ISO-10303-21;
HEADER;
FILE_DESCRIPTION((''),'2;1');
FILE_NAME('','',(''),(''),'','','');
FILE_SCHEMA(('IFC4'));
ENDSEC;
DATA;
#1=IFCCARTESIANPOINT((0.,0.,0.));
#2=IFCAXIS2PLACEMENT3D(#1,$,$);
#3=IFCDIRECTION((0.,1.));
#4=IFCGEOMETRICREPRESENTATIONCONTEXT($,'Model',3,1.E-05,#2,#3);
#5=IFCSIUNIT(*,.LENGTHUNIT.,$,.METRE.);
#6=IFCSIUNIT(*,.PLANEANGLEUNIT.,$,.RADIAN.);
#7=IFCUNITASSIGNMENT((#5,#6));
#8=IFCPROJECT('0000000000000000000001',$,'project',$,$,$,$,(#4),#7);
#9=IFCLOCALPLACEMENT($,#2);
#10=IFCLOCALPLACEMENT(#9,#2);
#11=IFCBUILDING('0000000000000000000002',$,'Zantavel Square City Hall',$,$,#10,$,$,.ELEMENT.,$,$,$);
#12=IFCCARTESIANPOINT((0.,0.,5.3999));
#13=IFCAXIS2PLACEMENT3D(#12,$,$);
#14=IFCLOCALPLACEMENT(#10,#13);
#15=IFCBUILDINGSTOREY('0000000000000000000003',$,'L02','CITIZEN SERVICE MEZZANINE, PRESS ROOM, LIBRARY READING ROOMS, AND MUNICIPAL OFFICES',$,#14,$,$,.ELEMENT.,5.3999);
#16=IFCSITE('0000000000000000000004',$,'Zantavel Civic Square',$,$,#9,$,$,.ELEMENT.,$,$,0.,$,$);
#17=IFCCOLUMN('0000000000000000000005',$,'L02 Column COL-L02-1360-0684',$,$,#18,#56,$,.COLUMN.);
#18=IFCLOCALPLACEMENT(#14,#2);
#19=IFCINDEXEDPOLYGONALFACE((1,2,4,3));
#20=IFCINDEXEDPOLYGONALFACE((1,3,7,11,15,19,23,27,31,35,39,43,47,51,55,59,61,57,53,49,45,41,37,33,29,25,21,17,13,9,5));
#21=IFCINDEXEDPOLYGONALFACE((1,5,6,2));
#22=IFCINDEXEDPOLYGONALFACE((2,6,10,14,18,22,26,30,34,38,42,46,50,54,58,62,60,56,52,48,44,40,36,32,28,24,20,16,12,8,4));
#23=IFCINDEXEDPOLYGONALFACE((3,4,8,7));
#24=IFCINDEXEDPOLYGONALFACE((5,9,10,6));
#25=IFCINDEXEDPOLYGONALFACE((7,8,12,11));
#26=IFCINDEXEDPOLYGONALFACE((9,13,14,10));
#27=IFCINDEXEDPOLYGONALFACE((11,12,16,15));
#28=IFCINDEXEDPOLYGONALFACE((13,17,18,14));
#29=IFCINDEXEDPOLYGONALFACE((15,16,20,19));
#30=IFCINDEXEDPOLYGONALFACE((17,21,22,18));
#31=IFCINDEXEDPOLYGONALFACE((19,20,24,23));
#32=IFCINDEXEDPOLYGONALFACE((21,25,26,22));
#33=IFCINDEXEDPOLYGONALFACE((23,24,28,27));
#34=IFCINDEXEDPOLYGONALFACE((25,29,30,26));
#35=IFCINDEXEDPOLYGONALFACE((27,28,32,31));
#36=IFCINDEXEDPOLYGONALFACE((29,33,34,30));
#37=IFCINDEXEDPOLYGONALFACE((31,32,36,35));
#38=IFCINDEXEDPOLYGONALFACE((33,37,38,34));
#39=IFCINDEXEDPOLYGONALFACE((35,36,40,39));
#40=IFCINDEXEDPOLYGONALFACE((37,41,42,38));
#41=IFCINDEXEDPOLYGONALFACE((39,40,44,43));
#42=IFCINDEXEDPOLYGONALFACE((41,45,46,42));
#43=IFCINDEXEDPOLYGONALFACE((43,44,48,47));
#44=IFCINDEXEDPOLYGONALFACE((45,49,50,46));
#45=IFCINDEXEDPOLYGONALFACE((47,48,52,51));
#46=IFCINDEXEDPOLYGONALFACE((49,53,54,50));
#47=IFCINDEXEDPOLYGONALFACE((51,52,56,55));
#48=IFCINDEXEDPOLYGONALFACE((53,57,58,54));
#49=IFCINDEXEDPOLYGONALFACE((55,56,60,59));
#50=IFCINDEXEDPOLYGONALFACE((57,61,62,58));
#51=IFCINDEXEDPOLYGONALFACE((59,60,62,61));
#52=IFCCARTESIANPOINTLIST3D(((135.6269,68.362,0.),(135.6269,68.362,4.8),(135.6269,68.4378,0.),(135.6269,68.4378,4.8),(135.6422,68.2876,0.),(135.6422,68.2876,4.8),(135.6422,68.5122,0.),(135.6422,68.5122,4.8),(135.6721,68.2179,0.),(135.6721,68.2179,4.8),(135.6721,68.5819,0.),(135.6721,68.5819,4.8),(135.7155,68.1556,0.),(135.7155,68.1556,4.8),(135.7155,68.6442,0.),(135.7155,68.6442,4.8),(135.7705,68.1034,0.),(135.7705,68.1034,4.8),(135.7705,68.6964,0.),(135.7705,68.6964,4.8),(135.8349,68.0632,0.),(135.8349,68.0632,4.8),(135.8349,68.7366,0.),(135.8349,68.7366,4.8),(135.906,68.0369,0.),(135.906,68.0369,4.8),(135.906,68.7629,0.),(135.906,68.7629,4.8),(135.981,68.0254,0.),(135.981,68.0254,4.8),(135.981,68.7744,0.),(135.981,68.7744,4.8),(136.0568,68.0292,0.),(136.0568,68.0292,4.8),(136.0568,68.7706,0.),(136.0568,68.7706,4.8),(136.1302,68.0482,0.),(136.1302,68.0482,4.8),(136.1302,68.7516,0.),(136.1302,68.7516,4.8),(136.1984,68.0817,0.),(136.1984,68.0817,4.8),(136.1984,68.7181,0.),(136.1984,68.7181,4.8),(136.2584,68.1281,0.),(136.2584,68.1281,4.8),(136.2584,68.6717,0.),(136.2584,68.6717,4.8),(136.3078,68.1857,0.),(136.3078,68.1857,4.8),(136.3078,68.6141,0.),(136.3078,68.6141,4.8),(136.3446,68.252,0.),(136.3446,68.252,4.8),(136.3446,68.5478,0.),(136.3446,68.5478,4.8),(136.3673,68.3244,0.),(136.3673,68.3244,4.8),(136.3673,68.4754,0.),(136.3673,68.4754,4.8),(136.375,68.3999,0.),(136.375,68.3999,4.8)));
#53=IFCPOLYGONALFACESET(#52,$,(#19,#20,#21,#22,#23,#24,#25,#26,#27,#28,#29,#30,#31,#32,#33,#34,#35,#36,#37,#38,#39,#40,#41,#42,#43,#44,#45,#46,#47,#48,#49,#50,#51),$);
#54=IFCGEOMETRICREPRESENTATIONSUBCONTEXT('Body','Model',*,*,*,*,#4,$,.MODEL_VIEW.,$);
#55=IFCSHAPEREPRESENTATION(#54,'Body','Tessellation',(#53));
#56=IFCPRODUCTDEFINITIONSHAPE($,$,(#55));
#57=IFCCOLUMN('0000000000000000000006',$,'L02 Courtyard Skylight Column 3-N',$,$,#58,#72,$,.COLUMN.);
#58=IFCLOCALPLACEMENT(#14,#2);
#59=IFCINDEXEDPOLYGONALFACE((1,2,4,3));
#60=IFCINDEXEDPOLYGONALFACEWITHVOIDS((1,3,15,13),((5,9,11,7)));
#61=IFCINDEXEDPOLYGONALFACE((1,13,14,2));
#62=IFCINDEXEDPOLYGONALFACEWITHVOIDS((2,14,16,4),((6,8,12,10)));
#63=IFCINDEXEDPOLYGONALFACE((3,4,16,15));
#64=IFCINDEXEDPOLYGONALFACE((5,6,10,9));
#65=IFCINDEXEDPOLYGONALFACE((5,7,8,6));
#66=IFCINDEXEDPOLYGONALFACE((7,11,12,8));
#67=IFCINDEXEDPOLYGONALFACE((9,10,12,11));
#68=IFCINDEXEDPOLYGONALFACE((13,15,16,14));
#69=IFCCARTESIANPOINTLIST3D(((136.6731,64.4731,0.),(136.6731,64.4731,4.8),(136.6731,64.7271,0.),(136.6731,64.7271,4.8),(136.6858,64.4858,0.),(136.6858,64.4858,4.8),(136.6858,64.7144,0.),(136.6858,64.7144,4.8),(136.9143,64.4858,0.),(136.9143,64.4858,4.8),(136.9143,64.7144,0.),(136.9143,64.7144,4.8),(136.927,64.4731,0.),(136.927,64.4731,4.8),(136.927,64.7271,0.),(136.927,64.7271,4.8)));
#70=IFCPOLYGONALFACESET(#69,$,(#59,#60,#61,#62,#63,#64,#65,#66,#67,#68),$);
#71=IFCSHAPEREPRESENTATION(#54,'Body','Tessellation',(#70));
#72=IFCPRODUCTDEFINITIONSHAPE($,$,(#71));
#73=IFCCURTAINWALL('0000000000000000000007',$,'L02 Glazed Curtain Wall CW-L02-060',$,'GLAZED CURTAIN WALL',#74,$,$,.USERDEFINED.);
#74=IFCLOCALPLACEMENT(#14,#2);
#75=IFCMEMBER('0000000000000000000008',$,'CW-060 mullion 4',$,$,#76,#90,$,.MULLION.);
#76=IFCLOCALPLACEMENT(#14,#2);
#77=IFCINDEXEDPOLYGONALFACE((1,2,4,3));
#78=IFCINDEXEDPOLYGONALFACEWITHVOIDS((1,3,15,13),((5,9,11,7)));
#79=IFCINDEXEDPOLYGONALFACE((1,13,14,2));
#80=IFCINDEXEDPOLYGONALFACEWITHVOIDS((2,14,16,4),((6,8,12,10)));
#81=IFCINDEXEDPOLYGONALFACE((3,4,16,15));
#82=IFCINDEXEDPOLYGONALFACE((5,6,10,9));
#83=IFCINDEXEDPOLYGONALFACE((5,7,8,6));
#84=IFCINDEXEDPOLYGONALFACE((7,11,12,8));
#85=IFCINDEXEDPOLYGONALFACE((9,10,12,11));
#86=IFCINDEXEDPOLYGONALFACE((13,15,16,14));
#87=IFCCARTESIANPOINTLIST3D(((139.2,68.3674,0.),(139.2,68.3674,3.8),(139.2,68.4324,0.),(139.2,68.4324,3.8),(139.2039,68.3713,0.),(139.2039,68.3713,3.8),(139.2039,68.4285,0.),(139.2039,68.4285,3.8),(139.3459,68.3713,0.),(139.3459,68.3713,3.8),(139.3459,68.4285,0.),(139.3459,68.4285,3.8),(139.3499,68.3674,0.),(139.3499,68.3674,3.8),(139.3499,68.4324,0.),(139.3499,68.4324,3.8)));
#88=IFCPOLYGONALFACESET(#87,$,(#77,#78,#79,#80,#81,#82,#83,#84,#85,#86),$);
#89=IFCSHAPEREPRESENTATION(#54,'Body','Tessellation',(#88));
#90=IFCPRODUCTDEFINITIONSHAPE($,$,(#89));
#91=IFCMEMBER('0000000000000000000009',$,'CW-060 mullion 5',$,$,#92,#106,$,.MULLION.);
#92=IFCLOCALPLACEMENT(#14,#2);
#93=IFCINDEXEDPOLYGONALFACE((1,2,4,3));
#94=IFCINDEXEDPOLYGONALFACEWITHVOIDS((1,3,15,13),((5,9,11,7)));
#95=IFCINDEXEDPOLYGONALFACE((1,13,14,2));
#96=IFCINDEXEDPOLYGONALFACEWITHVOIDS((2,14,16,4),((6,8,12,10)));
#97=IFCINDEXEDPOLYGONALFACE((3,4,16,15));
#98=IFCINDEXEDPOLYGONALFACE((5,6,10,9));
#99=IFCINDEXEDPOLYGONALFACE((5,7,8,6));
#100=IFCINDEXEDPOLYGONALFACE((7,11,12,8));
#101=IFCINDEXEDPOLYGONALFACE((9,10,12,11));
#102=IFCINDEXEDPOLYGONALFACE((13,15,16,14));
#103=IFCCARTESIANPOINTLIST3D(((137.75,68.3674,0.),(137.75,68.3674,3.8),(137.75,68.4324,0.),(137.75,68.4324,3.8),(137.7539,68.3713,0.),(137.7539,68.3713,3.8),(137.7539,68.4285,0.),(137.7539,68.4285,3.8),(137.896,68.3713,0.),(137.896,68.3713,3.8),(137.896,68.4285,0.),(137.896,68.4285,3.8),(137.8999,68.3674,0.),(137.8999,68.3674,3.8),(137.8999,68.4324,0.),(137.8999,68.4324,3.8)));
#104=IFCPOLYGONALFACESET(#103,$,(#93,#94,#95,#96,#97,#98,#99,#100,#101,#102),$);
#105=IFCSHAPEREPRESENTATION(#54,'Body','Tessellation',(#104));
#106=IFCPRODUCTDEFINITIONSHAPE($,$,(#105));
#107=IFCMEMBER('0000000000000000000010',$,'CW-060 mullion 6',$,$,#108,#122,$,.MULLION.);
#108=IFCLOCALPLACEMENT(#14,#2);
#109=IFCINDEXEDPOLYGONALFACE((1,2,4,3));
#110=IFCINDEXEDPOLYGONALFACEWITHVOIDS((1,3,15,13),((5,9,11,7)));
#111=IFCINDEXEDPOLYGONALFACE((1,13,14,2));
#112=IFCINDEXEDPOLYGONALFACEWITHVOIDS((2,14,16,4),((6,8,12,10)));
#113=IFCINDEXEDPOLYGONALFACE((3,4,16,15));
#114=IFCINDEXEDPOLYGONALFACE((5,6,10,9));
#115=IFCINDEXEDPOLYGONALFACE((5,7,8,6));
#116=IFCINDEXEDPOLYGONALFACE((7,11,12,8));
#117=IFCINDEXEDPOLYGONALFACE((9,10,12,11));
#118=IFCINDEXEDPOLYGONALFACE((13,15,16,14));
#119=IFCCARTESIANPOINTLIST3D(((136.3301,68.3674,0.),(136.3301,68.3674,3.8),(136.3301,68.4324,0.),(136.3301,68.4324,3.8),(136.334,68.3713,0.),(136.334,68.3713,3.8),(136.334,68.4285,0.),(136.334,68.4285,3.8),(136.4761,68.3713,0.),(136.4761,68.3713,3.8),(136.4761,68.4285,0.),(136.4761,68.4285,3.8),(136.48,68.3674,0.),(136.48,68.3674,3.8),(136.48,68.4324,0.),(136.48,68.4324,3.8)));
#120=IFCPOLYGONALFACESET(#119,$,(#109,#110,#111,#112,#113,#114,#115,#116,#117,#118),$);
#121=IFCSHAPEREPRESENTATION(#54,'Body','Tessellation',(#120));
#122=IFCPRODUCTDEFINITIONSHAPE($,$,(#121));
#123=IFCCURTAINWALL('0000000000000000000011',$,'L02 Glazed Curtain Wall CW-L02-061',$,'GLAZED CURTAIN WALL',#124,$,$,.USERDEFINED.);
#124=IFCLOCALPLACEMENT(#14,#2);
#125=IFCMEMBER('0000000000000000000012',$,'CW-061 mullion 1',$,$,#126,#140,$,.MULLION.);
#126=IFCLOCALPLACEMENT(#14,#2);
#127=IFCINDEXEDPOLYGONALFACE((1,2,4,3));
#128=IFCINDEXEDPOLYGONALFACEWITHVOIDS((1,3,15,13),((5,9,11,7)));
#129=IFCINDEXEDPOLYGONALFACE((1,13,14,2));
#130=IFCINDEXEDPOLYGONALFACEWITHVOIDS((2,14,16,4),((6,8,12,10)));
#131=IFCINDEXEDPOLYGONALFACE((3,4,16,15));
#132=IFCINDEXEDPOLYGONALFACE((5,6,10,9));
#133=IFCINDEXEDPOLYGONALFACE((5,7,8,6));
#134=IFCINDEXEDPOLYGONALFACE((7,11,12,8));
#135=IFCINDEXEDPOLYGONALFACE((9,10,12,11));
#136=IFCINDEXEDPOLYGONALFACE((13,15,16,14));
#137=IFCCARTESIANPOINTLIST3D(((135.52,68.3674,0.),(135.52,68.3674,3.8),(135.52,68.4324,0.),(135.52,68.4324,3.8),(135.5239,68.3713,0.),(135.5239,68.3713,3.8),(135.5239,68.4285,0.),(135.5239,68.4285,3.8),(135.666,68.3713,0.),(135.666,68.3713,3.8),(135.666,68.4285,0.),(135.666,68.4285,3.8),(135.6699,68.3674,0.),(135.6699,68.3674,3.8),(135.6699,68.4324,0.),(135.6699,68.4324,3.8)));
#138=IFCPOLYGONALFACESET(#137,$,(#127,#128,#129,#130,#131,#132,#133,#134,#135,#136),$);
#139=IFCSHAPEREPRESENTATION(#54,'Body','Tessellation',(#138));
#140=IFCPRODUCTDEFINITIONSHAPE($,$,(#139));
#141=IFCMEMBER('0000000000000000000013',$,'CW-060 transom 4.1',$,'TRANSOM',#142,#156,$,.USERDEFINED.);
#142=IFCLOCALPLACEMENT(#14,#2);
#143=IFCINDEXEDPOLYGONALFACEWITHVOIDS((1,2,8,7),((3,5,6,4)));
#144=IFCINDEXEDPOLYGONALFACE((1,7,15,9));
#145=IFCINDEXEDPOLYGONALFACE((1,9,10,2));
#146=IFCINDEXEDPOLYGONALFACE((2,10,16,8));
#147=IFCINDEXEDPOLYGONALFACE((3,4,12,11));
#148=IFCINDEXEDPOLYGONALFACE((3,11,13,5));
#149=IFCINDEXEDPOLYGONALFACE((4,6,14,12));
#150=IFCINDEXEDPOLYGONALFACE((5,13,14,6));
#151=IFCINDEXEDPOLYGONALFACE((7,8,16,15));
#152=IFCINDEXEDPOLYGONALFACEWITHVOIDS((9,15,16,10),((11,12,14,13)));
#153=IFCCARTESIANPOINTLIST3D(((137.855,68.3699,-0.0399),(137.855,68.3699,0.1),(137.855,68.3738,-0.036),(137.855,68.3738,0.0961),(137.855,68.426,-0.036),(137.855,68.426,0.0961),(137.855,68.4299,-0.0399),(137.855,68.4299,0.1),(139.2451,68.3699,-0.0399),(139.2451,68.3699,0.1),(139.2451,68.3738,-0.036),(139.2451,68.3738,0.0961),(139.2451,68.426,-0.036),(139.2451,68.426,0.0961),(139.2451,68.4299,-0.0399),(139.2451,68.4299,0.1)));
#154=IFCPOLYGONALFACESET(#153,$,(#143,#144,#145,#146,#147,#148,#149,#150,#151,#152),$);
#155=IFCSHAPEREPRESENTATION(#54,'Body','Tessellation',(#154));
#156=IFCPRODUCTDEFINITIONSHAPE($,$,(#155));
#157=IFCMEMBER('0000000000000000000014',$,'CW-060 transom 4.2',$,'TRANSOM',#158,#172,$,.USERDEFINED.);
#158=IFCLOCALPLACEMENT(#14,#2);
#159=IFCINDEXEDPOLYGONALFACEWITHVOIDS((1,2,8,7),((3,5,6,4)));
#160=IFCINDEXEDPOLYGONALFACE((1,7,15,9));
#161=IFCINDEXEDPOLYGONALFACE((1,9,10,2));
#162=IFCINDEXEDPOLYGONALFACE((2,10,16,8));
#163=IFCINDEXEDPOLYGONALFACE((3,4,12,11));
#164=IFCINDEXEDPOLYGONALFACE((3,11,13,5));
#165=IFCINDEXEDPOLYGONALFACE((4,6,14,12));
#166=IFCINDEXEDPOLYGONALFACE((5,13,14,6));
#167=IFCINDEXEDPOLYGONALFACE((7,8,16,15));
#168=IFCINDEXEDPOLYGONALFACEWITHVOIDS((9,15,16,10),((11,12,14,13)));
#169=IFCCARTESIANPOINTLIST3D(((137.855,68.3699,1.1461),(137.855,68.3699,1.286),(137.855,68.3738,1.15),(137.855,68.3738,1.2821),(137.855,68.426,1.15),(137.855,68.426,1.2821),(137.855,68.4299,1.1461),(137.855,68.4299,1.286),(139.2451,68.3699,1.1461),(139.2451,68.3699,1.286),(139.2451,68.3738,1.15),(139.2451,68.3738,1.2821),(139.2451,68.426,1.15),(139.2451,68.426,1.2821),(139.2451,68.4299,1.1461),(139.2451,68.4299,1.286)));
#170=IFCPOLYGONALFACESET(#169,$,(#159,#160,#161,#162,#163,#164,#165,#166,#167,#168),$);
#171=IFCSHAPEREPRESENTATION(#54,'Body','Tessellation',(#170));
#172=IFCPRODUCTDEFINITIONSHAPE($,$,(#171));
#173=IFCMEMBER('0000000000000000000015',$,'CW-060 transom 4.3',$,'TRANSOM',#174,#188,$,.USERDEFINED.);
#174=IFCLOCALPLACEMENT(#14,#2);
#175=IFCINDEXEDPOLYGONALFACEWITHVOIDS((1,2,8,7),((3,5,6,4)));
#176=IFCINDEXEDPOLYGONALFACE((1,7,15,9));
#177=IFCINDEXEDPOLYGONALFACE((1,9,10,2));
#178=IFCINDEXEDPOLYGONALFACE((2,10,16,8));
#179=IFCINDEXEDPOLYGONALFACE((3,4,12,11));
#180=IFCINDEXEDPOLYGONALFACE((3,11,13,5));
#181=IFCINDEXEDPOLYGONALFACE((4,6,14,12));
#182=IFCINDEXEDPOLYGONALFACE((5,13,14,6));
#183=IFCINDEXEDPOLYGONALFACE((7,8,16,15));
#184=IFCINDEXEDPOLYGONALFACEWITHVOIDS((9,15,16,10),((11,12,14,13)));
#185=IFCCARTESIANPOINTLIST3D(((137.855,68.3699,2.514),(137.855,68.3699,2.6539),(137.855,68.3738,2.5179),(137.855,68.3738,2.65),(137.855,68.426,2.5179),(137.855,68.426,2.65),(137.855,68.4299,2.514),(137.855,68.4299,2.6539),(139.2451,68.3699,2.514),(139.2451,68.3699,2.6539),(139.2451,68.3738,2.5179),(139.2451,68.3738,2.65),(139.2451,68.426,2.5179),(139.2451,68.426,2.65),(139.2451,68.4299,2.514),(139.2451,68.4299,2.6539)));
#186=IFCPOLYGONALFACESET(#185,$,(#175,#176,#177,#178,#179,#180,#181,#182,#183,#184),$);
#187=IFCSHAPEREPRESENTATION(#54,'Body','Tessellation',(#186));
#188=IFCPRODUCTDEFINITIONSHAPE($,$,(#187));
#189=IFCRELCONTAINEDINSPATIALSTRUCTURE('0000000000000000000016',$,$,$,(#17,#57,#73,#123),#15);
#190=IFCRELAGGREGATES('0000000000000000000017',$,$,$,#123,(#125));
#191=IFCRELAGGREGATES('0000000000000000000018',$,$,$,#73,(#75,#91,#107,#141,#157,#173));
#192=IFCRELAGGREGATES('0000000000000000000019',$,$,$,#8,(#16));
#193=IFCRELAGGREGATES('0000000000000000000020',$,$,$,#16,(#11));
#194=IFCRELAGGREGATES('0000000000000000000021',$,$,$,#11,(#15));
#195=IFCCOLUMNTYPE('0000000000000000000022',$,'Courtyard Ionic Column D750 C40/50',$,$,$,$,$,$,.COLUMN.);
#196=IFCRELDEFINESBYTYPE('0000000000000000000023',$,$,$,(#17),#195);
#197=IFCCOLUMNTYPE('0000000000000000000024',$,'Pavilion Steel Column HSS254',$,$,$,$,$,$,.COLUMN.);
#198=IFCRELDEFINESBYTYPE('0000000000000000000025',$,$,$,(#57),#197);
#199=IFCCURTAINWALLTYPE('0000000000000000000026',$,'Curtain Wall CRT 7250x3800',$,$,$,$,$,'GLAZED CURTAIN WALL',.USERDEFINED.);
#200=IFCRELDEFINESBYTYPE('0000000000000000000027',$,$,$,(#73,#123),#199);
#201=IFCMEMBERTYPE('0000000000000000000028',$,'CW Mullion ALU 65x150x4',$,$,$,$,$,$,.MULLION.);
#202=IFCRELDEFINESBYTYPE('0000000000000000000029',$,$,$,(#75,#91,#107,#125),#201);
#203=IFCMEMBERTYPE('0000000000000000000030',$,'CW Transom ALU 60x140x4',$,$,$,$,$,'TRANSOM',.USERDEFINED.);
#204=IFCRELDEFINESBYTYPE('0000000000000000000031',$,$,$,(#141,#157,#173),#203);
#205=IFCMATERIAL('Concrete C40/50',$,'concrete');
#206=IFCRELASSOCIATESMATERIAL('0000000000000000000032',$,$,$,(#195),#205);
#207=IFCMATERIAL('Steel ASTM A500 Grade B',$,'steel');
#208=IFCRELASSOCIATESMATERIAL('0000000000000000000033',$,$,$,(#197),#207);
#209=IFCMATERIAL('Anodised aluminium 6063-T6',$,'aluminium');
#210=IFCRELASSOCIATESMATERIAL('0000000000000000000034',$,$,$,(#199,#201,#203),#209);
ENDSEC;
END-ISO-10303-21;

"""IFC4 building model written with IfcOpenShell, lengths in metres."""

from ifc_helpers import new_model, si_unit, direction, frame, origin, origin_2d, place, context, subcontext, project, spatial, hollow_rectangle, circle, extrude, material, material_profile, profile_set, type_object, element, aggregate, save


model = new_model("IFC4")

# Units and contexts
model_context = context("Model", 3, precision=1e-05, world=origin(), true_north=direction((0.0, 1.0)))
body_context = subcontext(model_context, "Body", "Model", "MODEL_VIEW")
ifc_project = project(units=[si_unit("LENGTHUNIT", "METRE"), si_unit("PLANEANGLEUNIT", "RADIAN")], contexts=[model_context])

# Site, building, storey
site_placement = place(None, origin())
site = spatial("IfcSite", under=ifc_project, at=site_placement, Name="Zantavel Civic Square", CompositionType="ELEMENT", RefElevation=0.0)
building_placement = place(site_placement, origin())
building = spatial("IfcBuilding", under=site, at=building_placement, Name="Zantavel Square City Hall", CompositionType="ELEMENT")
storey_placement = place(building_placement, frame((0.0, 0.0, 5.3999)))
storey = spatial("IfcBuildingStorey", under=building, at=storey_placement, Name="L02", Description="CITIZEN SERVICE MEZZANINE, PRESS ROOM, LIBRARY READING ROOMS, AND MUNICIPAL OFFICES", CompositionType="ELEMENT", Elevation=5.3999)

# Columns
ifc_material_1 = material(Name="Concrete C40/50", Category="concrete")
ifc_material_profile_1 = material_profile(ifc_material_1, circle(Radius=0.375, at=origin_2d()), Name="ROUND D750")
ifc_profile_set_1 = profile_set([ifc_material_profile_1], Name="Concrete C40/50")
column_type_1 = type_object("IfcColumnType", Name="Courtyard Ionic Column D750 C40/50", PredefinedType="COLUMN", material=ifc_profile_set_1)
column_1_placement = place(storey_placement, frame((136.0, 68.3999, 0.0), z_axis=(0.0, 0.0, 1.0), x_axis=(1.0, 0.0, 0.0)))
element("IfcColumn", 1, at=column_1_placement, inside=storey, type_object=column_type_1, Name="L02 Column COL-L02-1360-0684", PredefinedType="COLUMN", context=body_context, shape_type="SweptSolid", body=[
    extrude(circle(Radius=0.375, at=origin_2d()), origin(), (0.0, 0.0, 1.0), 4.8),
])
ifc_material_2 = material(Name="Steel ASTM A500 Grade B", Category="steel")
ifc_material_profile_2 = material_profile(ifc_material_2, hollow_rectangle(XDim=0.2539, YDim=0.2539, WallThickness=0.0127, at=origin_2d()), Name="HSS 254x254x12.7")
ifc_profile_set_2 = profile_set([ifc_material_profile_2], Name="Steel ASTM A500 Grade B")
column_type_2 = type_object("IfcColumnType", Name="Pavilion Steel Column HSS254", PredefinedType="COLUMN", material=ifc_profile_set_2)
column_2_placement = place(storey_placement, frame((136.8, 64.6001, 0.0), z_axis=(0.0, 0.0, 1.0), x_axis=(1.0, 0.0, 0.0)))
element("IfcColumn", 2, at=column_2_placement, inside=storey, type_object=column_type_2, Name="L02 Courtyard Skylight Column 3-N", PredefinedType="COLUMN", context=body_context, shape_type="SweptSolid", body=[
    extrude(hollow_rectangle(XDim=0.2539, YDim=0.2539, WallThickness=0.0127, at=origin_2d()), origin(), (0.0, 0.0, 1.0), 4.8),
])

# Curtain wall, members
ifc_material_3 = material(Name="Anodised aluminium 6063-T6", Category="aluminium")
curtain_wall_type = type_object("IfcCurtainWallType", Name="Curtain Wall CRT 7250x3800", ElementType="GLAZED CURTAIN WALL", PredefinedType="USERDEFINED", material=ifc_material_3)
curtain_wall_1_placement = place(storey_placement, origin())
curtain_wall_1 = element("IfcCurtainWall", 3, at=curtain_wall_1_placement, inside=storey, type_object=curtain_wall_type, Name="L02 Glazed Curtain Wall CW-L02-060", ObjectType="GLAZED CURTAIN WALL", PredefinedType="USERDEFINED")
ifc_material_profile_3 = material_profile(ifc_material_3, hollow_rectangle(XDim=0.0649, YDim=0.1499, WallThickness=0.0039, at=origin_2d()), Name="ALU 65x150x4")
ifc_profile_set_3 = profile_set([ifc_material_profile_3], Name="Anodised aluminium 6063-T6")
member_type_1 = type_object("IfcMemberType", Name="CW Mullion ALU 65x150x4", PredefinedType="MULLION", material=ifc_profile_set_3)
member_1_placement = place(storey_placement, frame((139.2749, 68.3999, 0.0), z_axis=(0.0, 0.0, 1.0), x_axis=(0.0, -1.0, 0.0)))
member_1 = element("IfcMember", 4, at=member_1_placement, type_object=member_type_1, Name="CW-060 mullion 4", PredefinedType="MULLION", context=body_context, shape_type="SweptSolid", body=[
    extrude(hollow_rectangle(XDim=0.0649, YDim=0.1499, WallThickness=0.0039, at=origin_2d()), origin(), (0.0, 0.0, 1.0), 3.8),
])
member_2_placement = place(storey_placement, frame((137.825, 68.3999, 0.0), z_axis=(0.0, 0.0, 1.0), x_axis=(0.0, -1.0, 0.0)))
member_2 = element("IfcMember", 5, at=member_2_placement, type_object=member_type_1, Name="CW-060 mullion 5", PredefinedType="MULLION", context=body_context, shape_type="SweptSolid", body=[
    extrude(hollow_rectangle(XDim=0.0649, YDim=0.1499, WallThickness=0.0039, at=origin_2d()), origin(), (0.0, 0.0, 1.0), 3.8),
])
member_3_placement = place(storey_placement, frame((136.405, 68.3999, 0.0), z_axis=(0.0, 0.0, 1.0), x_axis=(0.0, -1.0, 0.0)))
member_3 = element("IfcMember", 6, at=member_3_placement, type_object=member_type_1, Name="CW-060 mullion 6", PredefinedType="MULLION", context=body_context, shape_type="SweptSolid", body=[
    extrude(hollow_rectangle(XDim=0.0649, YDim=0.1499, WallThickness=0.0039, at=origin_2d()), origin(), (0.0, 0.0, 1.0), 3.8),
])

# Curtain wall, member
curtain_wall_2_placement = place(storey_placement, origin())
curtain_wall_2 = element("IfcCurtainWall", 7, at=curtain_wall_2_placement, inside=storey, type_object=curtain_wall_type, Name="L02 Glazed Curtain Wall CW-L02-061", ObjectType="GLAZED CURTAIN WALL", PredefinedType="USERDEFINED")
member_4_placement = place(storey_placement, frame((135.595, 68.3999, 0.0), z_axis=(0.0, 0.0, 1.0), x_axis=(0.0, -1.0, 0.0)))
member_4 = element("IfcMember", 8, at=member_4_placement, type_object=member_type_1, Name="CW-061 mullion 1", PredefinedType="MULLION", context=body_context, shape_type="SweptSolid", body=[
    extrude(hollow_rectangle(XDim=0.0649, YDim=0.1499, WallThickness=0.0039, at=origin_2d()), origin(), (0.0, 0.0, 1.0), 3.8),
])

# Members
ifc_material_profile_4 = material_profile(ifc_material_3, hollow_rectangle(XDim=0.0601, YDim=0.1399, WallThickness=0.0039, at=origin_2d()), Name="ALU 60x140x4")
ifc_profile_set_4 = profile_set([ifc_material_profile_4], Name="Anodised aluminium 6063-T6")
member_type_2 = type_object("IfcMemberType", Name="CW Transom ALU 60x140x4", ElementType="TRANSOM", PredefinedType="USERDEFINED", material=ifc_profile_set_4)
member_5_placement = place(storey_placement, frame((139.2451, 68.3999, 0.03), z_axis=(-1.0, 0.0, 0.0), x_axis=(0.0, -1.0, 0.0)))
member_5 = element("IfcMember", 9, at=member_5_placement, type_object=member_type_2, Name="CW-060 transom 4.1", ObjectType="TRANSOM", PredefinedType="USERDEFINED", context=body_context, shape_type="SweptSolid", body=[
    extrude(hollow_rectangle(XDim=0.0601, YDim=0.1399, WallThickness=0.0039, at=origin_2d()), origin(), (0.0, 0.0, 1.0), 1.3901),
])
member_6_placement = place(storey_placement, frame((139.2451, 68.3999, 1.2161), z_axis=(-1.0, 0.0, 0.0), x_axis=(0.0, -1.0, 0.0)))
member_6 = element("IfcMember", 10, at=member_6_placement, type_object=member_type_2, Name="CW-060 transom 4.2", ObjectType="TRANSOM", PredefinedType="USERDEFINED", context=body_context, shape_type="SweptSolid", body=[
    extrude(hollow_rectangle(XDim=0.0601, YDim=0.1399, WallThickness=0.0039, at=origin_2d()), origin(), (0.0, 0.0, 1.0), 1.3901),
])
member_7_placement = place(storey_placement, frame((139.2451, 68.3999, 2.584), z_axis=(-1.0, 0.0, 0.0), x_axis=(0.0, -1.0, 0.0)))
member_7 = element("IfcMember", 11, at=member_7_placement, type_object=member_type_2, Name="CW-060 transom 4.3", ObjectType="TRANSOM", PredefinedType="USERDEFINED", context=body_context, shape_type="SweptSolid", body=[
    extrude(hollow_rectangle(XDim=0.0601, YDim=0.1399, WallThickness=0.0039, at=origin_2d()), origin(), (0.0, 0.0, 1.0), 1.3901),
])
aggregate(curtain_wall_2, [member_4])

aggregate(curtain_wall_1, [member_1, member_2, member_3, member_5, member_6, member_7])

save(model, "model.ifc")
